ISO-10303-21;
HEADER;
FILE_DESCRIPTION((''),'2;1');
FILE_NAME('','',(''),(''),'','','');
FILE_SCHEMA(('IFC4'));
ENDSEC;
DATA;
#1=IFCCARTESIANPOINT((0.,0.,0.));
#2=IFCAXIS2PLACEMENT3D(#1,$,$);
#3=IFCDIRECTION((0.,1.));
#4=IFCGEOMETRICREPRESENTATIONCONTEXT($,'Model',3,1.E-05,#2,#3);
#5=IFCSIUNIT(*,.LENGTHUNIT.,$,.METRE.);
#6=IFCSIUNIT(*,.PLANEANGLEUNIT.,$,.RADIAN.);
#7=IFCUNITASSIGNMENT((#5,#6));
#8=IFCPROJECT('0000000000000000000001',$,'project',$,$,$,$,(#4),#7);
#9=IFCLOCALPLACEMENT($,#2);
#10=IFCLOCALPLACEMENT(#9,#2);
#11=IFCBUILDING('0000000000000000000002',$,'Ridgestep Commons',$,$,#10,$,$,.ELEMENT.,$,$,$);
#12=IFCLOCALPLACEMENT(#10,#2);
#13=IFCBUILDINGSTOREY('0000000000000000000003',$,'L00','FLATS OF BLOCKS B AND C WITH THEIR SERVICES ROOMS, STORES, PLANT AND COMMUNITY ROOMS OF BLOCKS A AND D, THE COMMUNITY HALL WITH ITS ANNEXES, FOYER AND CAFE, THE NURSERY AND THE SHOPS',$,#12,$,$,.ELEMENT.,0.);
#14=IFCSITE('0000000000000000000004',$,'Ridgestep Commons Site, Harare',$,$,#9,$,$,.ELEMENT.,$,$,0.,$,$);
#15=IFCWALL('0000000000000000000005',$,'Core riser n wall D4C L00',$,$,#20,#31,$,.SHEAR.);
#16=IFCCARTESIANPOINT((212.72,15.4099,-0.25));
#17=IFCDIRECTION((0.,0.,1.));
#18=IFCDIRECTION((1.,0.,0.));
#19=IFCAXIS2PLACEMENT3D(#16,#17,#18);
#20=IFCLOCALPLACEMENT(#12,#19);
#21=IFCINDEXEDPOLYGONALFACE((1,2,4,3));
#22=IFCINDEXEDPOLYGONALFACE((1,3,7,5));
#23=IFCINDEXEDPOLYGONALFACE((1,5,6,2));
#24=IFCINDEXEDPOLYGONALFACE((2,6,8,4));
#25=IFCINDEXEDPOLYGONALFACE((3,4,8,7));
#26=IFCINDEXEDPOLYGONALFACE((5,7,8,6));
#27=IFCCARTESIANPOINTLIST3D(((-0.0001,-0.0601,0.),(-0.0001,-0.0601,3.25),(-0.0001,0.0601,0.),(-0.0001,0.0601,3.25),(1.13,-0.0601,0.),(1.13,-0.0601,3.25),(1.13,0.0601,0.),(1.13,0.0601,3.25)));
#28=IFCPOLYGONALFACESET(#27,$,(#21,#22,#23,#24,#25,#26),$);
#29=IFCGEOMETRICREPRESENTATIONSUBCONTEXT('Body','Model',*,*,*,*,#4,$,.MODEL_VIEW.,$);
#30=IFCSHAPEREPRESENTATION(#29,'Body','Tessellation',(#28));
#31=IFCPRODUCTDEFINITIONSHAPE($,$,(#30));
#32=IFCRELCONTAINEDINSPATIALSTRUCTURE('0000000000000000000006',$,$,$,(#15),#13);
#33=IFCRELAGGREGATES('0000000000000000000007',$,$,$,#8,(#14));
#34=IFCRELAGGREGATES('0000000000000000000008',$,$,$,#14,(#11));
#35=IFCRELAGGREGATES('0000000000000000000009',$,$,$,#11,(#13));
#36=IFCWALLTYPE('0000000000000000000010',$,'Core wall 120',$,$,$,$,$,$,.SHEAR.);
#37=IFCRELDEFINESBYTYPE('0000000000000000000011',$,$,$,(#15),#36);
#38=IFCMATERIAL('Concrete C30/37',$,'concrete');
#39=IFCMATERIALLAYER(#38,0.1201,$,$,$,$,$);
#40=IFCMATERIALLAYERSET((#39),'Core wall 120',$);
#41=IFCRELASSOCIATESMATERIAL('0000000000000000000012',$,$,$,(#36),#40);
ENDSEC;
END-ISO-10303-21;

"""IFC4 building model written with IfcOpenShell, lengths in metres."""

from ifc_helpers import new_model, si_unit, direction, frame, frame_2d, origin, place, context, subcontext, project, spatial, rectangle, extrude, material, layer, layer_set, type_object, element, save


model = new_model("IFC4")

# Units and contexts
model_context = context("Model", 3, precision=1e-05, world=origin(), true_north=direction((0.0, 1.0)))
body_context = subcontext(model_context, "Body", "Model", "MODEL_VIEW")
ifc_project = project(units=[si_unit("LENGTHUNIT", "METRE"), si_unit("PLANEANGLEUNIT", "RADIAN")], contexts=[model_context])

# Site, building, storey
site_placement = place(None, origin())
site = spatial("IfcSite", under=ifc_project, at=site_placement, Name="Ridgestep Commons Site, Harare", CompositionType="ELEMENT", RefElevation=0.0)
building_placement = place(site_placement, origin())
building = spatial("IfcBuilding", under=site, at=building_placement, Name="Ridgestep Commons", CompositionType="ELEMENT")
storey_placement = place(building_placement, origin())
storey = spatial("IfcBuildingStorey", under=building, at=storey_placement, Name="L00", Description="FLATS OF BLOCKS B AND C WITH THEIR SERVICES ROOMS, STORES, PLANT AND COMMUNITY ROOMS OF BLOCKS A AND D, THE COMMUNITY HALL WITH ITS ANNEXES, FOYER AND CAFE, THE NURSERY AND THE SHOPS", CompositionType="ELEMENT", Elevation=0.0)

# Shared definitions
ifc_material_1 = material(Name="Concrete C30/37", Category="concrete")
ifc_layer_1 = layer(ifc_material_1, 0.1201)
ifc_layer_set_1 = layer_set([ifc_layer_1], Name="Core wall 120")
wall_type_1 = type_object("IfcWallType", Name="Core wall 120", PredefinedType="SHEAR", material=ifc_layer_set_1)

# Wall
for number, where, z_axis, x_axis, name in (
    (1, (212.72, 15.4099, -0.25), (0.0, 0.0, 1.0), (1.0, 0.0, 0.0), "Core riser n wall D4C L00"),
):
    element("IfcWall", number, at=place(storey_placement, frame(where, z_axis=z_axis, x_axis=x_axis)), inside=storey, type_object=wall_type_1, Name=name, PredefinedType="SHEAR", context=body_context, shape_type="SweptSolid", body=[
        extrude(rectangle(XDim=1.1301, YDim=0.1201, at=frame_2d((0.5649, 0.0))), origin(), (0.0, 0.0, 1.0), 3.25),
    ])

save(model, "model.ifc")
